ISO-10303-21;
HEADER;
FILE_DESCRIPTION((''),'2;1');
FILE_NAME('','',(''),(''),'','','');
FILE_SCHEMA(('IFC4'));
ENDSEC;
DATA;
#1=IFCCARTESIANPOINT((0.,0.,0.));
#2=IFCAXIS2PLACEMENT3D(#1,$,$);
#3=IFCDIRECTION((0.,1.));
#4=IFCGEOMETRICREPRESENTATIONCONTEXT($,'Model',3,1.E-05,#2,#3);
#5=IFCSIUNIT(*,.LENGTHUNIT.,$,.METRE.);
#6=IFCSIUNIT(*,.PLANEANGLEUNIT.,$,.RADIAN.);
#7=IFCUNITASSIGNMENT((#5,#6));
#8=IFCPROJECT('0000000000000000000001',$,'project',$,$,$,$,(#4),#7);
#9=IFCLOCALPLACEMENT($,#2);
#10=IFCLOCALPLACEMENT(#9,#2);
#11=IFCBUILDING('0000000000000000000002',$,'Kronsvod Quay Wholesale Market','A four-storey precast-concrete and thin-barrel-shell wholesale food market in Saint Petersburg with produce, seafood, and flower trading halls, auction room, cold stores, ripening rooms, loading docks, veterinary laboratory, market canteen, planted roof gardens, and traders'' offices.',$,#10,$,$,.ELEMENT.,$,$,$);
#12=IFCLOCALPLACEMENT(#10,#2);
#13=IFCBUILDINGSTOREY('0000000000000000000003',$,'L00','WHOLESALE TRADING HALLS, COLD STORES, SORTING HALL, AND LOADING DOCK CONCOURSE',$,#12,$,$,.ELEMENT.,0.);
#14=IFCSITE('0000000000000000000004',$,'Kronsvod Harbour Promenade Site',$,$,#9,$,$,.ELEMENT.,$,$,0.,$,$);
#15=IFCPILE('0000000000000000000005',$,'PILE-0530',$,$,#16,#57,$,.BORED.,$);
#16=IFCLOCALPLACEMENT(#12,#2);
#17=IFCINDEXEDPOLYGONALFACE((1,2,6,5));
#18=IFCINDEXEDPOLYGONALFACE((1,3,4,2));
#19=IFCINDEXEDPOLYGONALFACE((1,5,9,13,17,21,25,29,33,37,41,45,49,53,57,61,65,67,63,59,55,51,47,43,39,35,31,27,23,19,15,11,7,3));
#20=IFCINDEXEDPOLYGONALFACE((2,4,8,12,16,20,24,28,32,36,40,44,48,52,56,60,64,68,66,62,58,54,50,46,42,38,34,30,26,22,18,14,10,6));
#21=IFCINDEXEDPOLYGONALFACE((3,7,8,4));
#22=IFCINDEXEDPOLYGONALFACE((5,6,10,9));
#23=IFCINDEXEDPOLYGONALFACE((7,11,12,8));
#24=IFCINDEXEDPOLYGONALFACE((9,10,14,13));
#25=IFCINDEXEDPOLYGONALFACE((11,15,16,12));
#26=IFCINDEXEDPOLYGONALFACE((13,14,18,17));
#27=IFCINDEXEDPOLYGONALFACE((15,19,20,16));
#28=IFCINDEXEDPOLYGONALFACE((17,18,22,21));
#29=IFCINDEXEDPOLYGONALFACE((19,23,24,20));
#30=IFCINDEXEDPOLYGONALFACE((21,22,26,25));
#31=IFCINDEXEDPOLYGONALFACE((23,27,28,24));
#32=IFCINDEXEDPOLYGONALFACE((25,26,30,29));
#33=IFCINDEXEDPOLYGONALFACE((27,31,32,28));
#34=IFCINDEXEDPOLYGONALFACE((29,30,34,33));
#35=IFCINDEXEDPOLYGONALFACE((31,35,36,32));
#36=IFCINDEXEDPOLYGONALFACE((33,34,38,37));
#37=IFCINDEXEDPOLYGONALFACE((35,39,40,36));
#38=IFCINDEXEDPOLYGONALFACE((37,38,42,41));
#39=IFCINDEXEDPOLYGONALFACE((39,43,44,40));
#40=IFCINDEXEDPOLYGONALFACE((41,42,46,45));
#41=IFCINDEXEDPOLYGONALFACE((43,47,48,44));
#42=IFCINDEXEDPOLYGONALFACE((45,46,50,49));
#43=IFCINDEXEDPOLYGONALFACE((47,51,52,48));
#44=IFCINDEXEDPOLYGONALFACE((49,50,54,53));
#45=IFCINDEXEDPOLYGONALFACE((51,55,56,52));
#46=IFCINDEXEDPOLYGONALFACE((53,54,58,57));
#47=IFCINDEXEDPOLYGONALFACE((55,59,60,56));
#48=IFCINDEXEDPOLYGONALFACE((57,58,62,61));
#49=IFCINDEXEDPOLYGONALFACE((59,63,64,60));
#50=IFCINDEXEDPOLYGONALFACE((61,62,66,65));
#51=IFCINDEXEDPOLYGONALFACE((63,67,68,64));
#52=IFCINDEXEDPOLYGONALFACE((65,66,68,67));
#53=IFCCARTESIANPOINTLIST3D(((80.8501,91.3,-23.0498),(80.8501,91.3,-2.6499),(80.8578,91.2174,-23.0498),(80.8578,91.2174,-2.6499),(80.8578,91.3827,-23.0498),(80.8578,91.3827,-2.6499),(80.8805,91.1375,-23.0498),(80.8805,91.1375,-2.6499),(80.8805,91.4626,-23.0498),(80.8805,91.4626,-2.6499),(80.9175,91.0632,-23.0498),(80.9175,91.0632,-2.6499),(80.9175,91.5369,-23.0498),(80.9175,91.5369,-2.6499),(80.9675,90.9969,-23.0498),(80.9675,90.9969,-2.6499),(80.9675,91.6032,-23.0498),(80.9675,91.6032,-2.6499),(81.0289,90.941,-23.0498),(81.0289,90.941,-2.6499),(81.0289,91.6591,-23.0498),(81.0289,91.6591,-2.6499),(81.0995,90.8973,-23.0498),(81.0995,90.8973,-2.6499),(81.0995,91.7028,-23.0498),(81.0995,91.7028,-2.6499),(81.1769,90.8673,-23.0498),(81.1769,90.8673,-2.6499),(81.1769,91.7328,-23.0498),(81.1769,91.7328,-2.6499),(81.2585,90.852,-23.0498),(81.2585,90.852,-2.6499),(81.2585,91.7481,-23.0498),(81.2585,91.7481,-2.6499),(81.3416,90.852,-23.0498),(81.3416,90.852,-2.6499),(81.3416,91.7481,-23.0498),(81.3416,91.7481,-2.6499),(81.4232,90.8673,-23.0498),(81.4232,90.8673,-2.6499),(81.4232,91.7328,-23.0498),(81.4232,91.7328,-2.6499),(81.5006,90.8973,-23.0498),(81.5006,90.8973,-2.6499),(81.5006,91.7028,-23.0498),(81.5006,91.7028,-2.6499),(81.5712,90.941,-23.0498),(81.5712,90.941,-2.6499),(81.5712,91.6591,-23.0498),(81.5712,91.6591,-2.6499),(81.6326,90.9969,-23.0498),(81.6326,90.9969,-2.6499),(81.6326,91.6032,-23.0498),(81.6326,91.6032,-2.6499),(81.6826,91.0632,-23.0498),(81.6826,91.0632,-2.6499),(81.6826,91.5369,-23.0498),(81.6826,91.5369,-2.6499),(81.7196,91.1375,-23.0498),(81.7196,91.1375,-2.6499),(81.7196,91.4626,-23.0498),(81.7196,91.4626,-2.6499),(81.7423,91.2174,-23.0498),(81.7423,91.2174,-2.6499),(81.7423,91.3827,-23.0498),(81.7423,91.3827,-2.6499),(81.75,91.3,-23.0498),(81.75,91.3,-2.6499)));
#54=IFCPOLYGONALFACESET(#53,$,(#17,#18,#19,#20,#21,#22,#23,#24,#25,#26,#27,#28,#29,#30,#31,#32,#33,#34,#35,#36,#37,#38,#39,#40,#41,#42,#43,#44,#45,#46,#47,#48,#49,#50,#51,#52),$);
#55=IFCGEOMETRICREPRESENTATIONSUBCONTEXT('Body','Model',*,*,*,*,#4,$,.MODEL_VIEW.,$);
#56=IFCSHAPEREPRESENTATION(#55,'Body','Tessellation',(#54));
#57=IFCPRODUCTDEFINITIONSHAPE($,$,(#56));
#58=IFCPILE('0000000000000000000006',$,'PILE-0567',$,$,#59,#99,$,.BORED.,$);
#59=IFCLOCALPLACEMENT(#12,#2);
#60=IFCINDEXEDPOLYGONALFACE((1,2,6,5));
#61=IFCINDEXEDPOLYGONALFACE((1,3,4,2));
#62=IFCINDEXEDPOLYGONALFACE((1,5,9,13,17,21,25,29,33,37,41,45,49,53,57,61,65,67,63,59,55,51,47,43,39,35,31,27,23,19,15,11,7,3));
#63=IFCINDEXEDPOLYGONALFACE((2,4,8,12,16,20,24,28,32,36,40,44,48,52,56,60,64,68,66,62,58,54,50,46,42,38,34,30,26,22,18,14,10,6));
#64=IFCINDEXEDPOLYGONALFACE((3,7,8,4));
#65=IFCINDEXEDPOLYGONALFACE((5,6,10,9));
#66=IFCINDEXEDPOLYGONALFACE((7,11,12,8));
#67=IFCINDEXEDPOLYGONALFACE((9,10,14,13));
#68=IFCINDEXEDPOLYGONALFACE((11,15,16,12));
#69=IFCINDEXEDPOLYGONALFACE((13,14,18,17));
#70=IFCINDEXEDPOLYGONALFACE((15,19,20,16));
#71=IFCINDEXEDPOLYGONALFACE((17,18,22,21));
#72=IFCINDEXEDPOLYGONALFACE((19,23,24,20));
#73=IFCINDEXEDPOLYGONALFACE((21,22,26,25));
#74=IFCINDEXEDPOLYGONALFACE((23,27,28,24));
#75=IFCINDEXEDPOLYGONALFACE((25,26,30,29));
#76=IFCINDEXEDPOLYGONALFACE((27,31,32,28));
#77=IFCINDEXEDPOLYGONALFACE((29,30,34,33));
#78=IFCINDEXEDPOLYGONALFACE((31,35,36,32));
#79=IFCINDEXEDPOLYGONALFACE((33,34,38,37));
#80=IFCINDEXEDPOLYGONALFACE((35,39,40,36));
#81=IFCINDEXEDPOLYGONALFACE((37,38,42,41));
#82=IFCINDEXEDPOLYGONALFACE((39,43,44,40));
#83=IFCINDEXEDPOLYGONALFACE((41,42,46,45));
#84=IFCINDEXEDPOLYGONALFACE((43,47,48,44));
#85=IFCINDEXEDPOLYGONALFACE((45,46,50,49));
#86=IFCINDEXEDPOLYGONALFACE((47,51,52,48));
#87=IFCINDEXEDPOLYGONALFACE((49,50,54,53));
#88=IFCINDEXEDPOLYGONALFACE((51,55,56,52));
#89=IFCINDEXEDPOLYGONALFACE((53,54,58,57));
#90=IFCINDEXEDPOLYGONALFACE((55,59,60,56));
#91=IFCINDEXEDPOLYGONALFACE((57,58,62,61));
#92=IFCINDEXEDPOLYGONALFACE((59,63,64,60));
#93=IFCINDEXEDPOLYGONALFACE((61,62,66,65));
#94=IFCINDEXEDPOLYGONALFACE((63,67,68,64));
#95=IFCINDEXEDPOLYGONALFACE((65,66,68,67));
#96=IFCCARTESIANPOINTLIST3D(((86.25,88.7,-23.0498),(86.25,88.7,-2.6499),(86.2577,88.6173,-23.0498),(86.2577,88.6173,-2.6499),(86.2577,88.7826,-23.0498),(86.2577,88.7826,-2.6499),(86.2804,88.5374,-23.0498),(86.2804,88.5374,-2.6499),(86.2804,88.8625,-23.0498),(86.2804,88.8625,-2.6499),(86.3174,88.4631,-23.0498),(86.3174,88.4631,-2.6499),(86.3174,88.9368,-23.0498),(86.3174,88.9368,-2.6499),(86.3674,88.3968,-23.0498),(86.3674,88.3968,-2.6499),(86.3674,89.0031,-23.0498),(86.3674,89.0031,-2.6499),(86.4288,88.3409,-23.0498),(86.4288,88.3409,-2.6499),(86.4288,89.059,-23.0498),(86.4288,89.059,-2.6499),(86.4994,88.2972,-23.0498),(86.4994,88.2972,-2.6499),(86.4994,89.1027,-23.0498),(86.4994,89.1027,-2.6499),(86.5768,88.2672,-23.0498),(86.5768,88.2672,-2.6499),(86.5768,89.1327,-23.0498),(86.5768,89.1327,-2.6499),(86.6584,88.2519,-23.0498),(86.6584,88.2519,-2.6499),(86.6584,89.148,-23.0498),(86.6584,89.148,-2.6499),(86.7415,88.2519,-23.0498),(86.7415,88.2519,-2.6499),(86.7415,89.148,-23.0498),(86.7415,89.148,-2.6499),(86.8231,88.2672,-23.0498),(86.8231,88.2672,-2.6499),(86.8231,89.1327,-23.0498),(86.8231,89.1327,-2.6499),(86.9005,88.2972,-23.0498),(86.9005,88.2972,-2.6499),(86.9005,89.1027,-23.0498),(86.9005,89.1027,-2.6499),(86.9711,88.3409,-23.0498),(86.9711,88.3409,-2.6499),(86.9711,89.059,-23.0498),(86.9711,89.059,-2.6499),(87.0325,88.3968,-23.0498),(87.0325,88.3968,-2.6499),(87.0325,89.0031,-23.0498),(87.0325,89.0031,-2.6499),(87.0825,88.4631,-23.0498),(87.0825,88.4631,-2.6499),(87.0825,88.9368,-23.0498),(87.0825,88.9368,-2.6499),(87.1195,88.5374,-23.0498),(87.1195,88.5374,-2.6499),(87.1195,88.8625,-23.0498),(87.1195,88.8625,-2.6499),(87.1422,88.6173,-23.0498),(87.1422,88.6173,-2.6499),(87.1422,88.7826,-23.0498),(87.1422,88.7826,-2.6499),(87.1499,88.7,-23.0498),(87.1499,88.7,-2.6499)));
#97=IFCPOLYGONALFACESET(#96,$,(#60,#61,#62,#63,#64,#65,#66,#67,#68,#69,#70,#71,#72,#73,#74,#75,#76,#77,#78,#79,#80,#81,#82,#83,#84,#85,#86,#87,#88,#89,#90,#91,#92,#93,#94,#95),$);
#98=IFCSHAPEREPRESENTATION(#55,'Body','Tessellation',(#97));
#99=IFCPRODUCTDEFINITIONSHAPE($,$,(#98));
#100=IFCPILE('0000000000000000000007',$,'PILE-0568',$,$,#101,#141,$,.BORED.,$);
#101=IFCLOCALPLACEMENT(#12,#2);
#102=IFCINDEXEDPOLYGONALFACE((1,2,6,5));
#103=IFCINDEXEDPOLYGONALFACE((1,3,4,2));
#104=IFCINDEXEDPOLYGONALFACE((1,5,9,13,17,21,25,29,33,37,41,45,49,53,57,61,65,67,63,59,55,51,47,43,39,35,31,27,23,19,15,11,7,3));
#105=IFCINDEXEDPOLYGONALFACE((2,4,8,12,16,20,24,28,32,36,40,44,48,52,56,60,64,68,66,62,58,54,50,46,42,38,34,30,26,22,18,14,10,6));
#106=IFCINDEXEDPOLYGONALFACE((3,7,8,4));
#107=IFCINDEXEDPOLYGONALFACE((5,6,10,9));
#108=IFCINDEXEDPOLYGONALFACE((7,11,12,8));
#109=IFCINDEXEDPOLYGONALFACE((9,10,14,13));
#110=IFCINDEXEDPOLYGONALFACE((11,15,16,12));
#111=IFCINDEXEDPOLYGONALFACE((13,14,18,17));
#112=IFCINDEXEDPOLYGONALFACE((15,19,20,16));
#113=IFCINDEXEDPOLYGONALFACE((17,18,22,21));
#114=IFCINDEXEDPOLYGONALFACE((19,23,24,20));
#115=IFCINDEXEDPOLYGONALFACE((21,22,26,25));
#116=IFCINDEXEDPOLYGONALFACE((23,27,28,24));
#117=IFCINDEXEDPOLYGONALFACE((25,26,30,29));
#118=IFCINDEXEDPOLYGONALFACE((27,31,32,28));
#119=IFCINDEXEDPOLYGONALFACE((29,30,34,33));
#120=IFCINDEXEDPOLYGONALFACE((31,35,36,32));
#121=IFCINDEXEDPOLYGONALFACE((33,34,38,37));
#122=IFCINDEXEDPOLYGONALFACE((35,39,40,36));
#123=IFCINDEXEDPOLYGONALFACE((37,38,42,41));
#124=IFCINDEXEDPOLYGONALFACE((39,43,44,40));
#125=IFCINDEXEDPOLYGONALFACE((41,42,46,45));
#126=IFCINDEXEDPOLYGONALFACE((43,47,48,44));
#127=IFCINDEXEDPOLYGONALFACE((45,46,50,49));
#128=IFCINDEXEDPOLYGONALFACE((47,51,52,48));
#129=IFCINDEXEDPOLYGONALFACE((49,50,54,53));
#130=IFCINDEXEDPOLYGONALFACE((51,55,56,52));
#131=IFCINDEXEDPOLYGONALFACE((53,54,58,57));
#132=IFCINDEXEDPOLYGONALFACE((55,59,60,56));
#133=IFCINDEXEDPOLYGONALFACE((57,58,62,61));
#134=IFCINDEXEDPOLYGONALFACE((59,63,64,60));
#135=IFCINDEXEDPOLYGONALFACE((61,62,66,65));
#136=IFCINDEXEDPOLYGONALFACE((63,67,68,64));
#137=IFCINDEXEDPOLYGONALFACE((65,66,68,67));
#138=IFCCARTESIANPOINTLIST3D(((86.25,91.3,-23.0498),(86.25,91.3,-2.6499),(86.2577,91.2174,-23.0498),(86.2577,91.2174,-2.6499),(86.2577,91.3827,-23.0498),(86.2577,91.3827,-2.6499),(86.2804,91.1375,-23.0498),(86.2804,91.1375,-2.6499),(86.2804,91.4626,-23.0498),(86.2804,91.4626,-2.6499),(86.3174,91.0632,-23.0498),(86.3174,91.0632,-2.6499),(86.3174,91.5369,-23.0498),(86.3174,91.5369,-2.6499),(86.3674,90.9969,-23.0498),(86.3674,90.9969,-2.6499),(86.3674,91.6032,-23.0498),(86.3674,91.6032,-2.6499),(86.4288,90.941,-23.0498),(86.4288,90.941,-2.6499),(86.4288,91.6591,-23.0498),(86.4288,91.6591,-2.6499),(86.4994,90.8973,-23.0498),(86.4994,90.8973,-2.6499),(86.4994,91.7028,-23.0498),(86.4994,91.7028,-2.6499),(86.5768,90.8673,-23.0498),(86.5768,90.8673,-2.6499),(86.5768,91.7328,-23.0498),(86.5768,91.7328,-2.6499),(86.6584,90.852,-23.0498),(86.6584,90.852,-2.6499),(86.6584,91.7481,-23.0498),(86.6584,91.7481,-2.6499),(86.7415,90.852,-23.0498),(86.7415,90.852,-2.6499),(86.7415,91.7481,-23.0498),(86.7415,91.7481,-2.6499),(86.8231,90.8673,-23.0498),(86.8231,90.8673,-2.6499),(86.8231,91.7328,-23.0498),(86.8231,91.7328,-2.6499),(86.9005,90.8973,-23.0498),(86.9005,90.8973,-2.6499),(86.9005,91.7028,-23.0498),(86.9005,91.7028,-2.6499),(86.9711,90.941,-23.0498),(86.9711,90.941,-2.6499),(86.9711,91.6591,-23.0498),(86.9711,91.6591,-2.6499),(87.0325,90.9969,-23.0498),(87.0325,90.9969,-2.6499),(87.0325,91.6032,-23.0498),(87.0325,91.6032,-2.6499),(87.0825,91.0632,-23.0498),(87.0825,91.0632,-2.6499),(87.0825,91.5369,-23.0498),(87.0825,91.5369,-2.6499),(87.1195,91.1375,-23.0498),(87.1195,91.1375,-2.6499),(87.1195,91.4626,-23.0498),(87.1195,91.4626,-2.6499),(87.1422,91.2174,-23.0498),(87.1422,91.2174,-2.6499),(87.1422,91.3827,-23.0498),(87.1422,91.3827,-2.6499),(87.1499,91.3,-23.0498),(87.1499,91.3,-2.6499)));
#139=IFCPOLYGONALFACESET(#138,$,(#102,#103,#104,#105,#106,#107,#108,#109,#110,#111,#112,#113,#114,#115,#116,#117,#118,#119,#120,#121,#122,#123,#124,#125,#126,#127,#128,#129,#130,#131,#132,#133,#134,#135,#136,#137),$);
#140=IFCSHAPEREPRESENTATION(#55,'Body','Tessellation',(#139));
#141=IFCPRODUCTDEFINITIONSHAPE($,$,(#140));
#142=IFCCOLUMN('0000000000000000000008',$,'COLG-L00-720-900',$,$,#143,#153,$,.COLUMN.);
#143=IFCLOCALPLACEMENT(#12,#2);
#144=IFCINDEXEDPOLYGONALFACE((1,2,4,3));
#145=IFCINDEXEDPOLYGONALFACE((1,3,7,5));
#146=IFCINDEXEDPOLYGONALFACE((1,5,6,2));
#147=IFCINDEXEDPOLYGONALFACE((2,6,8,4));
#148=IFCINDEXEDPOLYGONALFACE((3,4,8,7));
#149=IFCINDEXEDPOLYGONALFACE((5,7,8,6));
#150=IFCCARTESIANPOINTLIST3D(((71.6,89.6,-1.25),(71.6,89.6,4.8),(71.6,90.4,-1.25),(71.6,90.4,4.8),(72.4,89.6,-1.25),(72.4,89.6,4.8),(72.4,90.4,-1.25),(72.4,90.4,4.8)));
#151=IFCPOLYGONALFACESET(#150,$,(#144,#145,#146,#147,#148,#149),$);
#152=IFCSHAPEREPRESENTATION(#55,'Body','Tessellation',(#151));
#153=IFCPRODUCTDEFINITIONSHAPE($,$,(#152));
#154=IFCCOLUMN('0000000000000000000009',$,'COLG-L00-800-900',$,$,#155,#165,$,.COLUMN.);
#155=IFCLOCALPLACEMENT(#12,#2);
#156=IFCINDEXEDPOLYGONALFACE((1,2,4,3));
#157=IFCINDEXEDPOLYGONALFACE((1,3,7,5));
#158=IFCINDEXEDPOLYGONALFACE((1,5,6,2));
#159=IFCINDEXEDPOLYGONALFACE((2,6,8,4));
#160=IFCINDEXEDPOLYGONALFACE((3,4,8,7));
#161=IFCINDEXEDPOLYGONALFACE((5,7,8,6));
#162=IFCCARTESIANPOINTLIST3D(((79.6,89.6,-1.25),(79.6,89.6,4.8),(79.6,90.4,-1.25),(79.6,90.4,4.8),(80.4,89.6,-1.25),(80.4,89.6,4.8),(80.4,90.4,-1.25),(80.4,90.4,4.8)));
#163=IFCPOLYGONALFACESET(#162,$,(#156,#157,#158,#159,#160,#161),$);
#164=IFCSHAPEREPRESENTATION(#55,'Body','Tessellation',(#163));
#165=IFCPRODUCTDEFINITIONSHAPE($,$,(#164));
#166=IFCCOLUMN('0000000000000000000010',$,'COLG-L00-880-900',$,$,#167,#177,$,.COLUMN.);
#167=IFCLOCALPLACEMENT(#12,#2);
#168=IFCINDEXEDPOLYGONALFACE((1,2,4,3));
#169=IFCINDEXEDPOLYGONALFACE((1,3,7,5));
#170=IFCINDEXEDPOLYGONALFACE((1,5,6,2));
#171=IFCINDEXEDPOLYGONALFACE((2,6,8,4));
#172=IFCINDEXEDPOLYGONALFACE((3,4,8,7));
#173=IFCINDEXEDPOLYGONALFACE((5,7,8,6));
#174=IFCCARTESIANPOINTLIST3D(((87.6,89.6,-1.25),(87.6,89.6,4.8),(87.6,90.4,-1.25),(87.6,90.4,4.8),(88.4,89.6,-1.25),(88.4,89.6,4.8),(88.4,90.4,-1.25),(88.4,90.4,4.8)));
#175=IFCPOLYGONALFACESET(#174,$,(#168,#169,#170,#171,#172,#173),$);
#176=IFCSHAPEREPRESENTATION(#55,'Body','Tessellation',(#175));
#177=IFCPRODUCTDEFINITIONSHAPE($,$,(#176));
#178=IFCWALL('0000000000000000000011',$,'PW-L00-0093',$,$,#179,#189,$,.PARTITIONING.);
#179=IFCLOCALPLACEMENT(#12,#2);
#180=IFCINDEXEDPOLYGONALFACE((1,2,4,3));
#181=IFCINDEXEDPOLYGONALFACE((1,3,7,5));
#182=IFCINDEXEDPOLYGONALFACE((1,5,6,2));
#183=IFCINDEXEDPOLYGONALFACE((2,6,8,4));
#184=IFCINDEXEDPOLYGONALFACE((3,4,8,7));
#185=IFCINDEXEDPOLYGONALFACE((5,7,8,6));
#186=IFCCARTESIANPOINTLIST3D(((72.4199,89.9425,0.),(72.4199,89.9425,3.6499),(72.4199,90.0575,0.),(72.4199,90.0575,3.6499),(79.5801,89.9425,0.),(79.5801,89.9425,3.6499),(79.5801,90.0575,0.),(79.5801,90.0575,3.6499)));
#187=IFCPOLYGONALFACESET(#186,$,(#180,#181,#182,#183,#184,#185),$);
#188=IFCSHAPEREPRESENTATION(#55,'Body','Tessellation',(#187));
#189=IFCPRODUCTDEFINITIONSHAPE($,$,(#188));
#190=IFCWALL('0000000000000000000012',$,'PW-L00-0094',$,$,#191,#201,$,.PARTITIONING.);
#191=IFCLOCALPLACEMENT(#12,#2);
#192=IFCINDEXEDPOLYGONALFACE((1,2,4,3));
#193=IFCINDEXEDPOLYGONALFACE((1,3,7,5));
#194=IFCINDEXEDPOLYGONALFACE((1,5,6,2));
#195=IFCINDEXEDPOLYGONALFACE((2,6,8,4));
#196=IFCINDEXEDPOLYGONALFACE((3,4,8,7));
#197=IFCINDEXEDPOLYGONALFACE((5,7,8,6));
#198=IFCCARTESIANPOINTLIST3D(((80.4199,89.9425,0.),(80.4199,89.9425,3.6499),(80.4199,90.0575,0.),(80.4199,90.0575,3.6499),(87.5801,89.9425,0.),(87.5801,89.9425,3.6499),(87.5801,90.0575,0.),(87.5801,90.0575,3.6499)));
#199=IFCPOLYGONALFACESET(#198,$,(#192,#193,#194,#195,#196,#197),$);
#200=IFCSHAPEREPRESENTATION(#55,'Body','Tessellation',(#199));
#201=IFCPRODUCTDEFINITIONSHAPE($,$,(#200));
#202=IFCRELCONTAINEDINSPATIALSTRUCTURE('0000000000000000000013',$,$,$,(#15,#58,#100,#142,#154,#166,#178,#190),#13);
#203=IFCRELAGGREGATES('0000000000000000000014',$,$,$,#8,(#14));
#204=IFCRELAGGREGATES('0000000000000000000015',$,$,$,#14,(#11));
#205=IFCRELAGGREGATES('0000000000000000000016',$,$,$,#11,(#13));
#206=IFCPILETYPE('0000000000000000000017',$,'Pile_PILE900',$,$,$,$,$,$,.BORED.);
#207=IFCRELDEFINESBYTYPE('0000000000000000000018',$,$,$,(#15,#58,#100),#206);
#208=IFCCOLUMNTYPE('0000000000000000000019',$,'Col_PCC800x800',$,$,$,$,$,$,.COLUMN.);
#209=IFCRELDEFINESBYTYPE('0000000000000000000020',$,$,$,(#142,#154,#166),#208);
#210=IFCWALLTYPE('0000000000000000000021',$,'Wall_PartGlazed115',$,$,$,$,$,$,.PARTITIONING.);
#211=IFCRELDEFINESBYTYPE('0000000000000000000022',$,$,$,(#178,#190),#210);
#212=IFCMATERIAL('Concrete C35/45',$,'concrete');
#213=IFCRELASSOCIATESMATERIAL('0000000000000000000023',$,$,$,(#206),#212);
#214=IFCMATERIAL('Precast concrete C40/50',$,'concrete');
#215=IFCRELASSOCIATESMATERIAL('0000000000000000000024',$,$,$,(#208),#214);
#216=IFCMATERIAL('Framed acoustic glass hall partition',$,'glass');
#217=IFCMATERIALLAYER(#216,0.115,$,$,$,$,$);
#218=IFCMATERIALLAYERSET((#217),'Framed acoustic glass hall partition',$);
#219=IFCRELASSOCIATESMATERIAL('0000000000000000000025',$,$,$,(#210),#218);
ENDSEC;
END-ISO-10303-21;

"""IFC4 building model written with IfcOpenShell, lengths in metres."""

from ifc_helpers import new_model, si_unit, direction, frame, frame_2d, origin, origin_2d, place, context, subcontext, project, spatial, rectangle, circle, extrude, material, layer, layer_set, material_profile, profile_set, type_object, element, save


model = new_model("IFC4")

# Units and contexts
model_context = context("Model", 3, precision=1e-05, world=origin(), true_north=direction((0.0, 1.0)))
body_context = subcontext(model_context, "Body", "Model", "MODEL_VIEW")
ifc_project = project(units=[si_unit("LENGTHUNIT", "METRE"), si_unit("PLANEANGLEUNIT", "RADIAN")], contexts=[model_context])

# Site, building, storey
site_placement = place(None, origin())
site = spatial("IfcSite", under=ifc_project, at=site_placement, Name="Kronsvod Harbour Promenade Site", CompositionType="ELEMENT", RefElevation=0.0)
building_placement = place(site_placement, origin())
building = spatial("IfcBuilding", under=site, at=building_placement, Name="Kronsvod Quay Wholesale Market", Description="A four-storey precast-concrete and thin-barrel-shell wholesale food market in Saint Petersburg with produce, seafood, and flower trading halls, auction room, cold stores, ripening rooms, loading docks, veterinary laboratory, market canteen, planted roof gardens, and traders' offices.", CompositionType="ELEMENT")
storey_placement = place(building_placement, origin())
storey = spatial("IfcBuildingStorey", under=building, at=storey_placement, Name="L00", Description="WHOLESALE TRADING HALLS, COLD STORES, SORTING HALL, AND LOADING DOCK CONCOURSE", CompositionType="ELEMENT", Elevation=0.0)

# Piles
ifc_material_1 = material(Name="Concrete C35/45", Category="concrete")
ifc_material_profile_1 = material_profile(ifc_material_1, circle(Radius=0.45, at=origin_2d()), Name="PILE900")
ifc_profile_set_1 = profile_set([ifc_material_profile_1], Name="Concrete C35/45")
pile_type = type_object("IfcPileType", Name="Pile_PILE900", PredefinedType="BORED", material=ifc_profile_set_1)
for number, where, z_axis, x_axis, name in (
    (1, (81.3, 91.3, -2.6499), (0.0, 0.0, -1.0), (1.0, 0.0, 0.0), "PILE-0530"),
    (2, (86.7, 88.7, -2.6499), (0.0, 0.0, -1.0), (1.0, 0.0, 0.0), "PILE-0567"),
    (3, (86.7, 91.3, -2.6499), (0.0, 0.0, -1.0), (1.0, 0.0, 0.0), "PILE-0568"),
):
    element("IfcPile", number, at=place(storey_placement, frame(where, z_axis=z_axis, x_axis=x_axis)), inside=storey, type_object=pile_type, Name=name, PredefinedType="BORED", context=body_context, shape_type="SweptSolid", body=[
        extrude(circle(Radius=0.45, at=origin_2d()), origin(), (0.0, 0.0, 1.0), 20.3999),
    ])

# Columns
ifc_material_2 = material(Name="Precast concrete C40/50", Category="concrete")
ifc_material_profile_2 = material_profile(ifc_material_2, rectangle(XDim=0.8, YDim=0.8, at=origin_2d()), Name="PCC800x800")
ifc_profile_set_2 = profile_set([ifc_material_profile_2], Name="Precast concrete C40/50")
column_type = type_object("IfcColumnType", Name="Col_PCC800x800", PredefinedType="COLUMN", material=ifc_profile_set_2)
for number, where, z_axis, x_axis, name in (
    (4, (72.0, 90.0, -1.25), (0.0, 0.0, 1.0), (1.0, 0.0, 0.0), "COLG-L00-720-900"),
    (5, (80.0, 90.0, -1.25), (0.0, 0.0, 1.0), (1.0, 0.0, 0.0), "COLG-L00-800-900"),
    (6, (88.0, 90.0, -1.25), (0.0, 0.0, 1.0), (1.0, 0.0, 0.0), "COLG-L00-880-900"),
):
    element("IfcColumn", number, at=place(storey_placement, frame(where, z_axis=z_axis, x_axis=x_axis)), inside=storey, type_object=column_type, Name=name, PredefinedType="COLUMN", context=body_context, shape_type="SweptSolid", body=[
        extrude(rectangle(XDim=0.8, YDim=0.8, at=origin_2d()), origin(), (0.0, 0.0, 1.0), 6.05),
    ])

# Walls
ifc_material_3 = material(Name="Framed acoustic glass hall partition", Category="glass")
ifc_layer = layer(ifc_material_3, 0.115)
ifc_layer_set = layer_set([ifc_layer], Name="Framed acoustic glass hall partition")
wall_type = type_object("IfcWallType", Name="Wall_PartGlazed115", PredefinedType="PARTITIONING", material=ifc_layer_set)
for number, where, z_axis, x_axis, name in (
    (7, (72.4199, 90.0, 0.0), (0.0, 0.0, 1.0), (1.0, 0.0, 0.0), "PW-L00-0093"),
    (8, (80.4199, 90.0, 0.0), (0.0, 0.0, 1.0), (1.0, 0.0, 0.0), "PW-L00-0094"),
):
    element("IfcWall", number, at=place(storey_placement, frame(where, z_axis=z_axis, x_axis=x_axis)), inside=storey, type_object=wall_type, Name=name, PredefinedType="PARTITIONING", context=body_context, shape_type="SweptSolid", body=[
        extrude(rectangle(XDim=7.1602, YDim=0.115, at=frame_2d((3.5801, 0.0))), origin(), (0.0, 0.0, 1.0), 3.6499),
    ])

save(model, "model.ifc")
